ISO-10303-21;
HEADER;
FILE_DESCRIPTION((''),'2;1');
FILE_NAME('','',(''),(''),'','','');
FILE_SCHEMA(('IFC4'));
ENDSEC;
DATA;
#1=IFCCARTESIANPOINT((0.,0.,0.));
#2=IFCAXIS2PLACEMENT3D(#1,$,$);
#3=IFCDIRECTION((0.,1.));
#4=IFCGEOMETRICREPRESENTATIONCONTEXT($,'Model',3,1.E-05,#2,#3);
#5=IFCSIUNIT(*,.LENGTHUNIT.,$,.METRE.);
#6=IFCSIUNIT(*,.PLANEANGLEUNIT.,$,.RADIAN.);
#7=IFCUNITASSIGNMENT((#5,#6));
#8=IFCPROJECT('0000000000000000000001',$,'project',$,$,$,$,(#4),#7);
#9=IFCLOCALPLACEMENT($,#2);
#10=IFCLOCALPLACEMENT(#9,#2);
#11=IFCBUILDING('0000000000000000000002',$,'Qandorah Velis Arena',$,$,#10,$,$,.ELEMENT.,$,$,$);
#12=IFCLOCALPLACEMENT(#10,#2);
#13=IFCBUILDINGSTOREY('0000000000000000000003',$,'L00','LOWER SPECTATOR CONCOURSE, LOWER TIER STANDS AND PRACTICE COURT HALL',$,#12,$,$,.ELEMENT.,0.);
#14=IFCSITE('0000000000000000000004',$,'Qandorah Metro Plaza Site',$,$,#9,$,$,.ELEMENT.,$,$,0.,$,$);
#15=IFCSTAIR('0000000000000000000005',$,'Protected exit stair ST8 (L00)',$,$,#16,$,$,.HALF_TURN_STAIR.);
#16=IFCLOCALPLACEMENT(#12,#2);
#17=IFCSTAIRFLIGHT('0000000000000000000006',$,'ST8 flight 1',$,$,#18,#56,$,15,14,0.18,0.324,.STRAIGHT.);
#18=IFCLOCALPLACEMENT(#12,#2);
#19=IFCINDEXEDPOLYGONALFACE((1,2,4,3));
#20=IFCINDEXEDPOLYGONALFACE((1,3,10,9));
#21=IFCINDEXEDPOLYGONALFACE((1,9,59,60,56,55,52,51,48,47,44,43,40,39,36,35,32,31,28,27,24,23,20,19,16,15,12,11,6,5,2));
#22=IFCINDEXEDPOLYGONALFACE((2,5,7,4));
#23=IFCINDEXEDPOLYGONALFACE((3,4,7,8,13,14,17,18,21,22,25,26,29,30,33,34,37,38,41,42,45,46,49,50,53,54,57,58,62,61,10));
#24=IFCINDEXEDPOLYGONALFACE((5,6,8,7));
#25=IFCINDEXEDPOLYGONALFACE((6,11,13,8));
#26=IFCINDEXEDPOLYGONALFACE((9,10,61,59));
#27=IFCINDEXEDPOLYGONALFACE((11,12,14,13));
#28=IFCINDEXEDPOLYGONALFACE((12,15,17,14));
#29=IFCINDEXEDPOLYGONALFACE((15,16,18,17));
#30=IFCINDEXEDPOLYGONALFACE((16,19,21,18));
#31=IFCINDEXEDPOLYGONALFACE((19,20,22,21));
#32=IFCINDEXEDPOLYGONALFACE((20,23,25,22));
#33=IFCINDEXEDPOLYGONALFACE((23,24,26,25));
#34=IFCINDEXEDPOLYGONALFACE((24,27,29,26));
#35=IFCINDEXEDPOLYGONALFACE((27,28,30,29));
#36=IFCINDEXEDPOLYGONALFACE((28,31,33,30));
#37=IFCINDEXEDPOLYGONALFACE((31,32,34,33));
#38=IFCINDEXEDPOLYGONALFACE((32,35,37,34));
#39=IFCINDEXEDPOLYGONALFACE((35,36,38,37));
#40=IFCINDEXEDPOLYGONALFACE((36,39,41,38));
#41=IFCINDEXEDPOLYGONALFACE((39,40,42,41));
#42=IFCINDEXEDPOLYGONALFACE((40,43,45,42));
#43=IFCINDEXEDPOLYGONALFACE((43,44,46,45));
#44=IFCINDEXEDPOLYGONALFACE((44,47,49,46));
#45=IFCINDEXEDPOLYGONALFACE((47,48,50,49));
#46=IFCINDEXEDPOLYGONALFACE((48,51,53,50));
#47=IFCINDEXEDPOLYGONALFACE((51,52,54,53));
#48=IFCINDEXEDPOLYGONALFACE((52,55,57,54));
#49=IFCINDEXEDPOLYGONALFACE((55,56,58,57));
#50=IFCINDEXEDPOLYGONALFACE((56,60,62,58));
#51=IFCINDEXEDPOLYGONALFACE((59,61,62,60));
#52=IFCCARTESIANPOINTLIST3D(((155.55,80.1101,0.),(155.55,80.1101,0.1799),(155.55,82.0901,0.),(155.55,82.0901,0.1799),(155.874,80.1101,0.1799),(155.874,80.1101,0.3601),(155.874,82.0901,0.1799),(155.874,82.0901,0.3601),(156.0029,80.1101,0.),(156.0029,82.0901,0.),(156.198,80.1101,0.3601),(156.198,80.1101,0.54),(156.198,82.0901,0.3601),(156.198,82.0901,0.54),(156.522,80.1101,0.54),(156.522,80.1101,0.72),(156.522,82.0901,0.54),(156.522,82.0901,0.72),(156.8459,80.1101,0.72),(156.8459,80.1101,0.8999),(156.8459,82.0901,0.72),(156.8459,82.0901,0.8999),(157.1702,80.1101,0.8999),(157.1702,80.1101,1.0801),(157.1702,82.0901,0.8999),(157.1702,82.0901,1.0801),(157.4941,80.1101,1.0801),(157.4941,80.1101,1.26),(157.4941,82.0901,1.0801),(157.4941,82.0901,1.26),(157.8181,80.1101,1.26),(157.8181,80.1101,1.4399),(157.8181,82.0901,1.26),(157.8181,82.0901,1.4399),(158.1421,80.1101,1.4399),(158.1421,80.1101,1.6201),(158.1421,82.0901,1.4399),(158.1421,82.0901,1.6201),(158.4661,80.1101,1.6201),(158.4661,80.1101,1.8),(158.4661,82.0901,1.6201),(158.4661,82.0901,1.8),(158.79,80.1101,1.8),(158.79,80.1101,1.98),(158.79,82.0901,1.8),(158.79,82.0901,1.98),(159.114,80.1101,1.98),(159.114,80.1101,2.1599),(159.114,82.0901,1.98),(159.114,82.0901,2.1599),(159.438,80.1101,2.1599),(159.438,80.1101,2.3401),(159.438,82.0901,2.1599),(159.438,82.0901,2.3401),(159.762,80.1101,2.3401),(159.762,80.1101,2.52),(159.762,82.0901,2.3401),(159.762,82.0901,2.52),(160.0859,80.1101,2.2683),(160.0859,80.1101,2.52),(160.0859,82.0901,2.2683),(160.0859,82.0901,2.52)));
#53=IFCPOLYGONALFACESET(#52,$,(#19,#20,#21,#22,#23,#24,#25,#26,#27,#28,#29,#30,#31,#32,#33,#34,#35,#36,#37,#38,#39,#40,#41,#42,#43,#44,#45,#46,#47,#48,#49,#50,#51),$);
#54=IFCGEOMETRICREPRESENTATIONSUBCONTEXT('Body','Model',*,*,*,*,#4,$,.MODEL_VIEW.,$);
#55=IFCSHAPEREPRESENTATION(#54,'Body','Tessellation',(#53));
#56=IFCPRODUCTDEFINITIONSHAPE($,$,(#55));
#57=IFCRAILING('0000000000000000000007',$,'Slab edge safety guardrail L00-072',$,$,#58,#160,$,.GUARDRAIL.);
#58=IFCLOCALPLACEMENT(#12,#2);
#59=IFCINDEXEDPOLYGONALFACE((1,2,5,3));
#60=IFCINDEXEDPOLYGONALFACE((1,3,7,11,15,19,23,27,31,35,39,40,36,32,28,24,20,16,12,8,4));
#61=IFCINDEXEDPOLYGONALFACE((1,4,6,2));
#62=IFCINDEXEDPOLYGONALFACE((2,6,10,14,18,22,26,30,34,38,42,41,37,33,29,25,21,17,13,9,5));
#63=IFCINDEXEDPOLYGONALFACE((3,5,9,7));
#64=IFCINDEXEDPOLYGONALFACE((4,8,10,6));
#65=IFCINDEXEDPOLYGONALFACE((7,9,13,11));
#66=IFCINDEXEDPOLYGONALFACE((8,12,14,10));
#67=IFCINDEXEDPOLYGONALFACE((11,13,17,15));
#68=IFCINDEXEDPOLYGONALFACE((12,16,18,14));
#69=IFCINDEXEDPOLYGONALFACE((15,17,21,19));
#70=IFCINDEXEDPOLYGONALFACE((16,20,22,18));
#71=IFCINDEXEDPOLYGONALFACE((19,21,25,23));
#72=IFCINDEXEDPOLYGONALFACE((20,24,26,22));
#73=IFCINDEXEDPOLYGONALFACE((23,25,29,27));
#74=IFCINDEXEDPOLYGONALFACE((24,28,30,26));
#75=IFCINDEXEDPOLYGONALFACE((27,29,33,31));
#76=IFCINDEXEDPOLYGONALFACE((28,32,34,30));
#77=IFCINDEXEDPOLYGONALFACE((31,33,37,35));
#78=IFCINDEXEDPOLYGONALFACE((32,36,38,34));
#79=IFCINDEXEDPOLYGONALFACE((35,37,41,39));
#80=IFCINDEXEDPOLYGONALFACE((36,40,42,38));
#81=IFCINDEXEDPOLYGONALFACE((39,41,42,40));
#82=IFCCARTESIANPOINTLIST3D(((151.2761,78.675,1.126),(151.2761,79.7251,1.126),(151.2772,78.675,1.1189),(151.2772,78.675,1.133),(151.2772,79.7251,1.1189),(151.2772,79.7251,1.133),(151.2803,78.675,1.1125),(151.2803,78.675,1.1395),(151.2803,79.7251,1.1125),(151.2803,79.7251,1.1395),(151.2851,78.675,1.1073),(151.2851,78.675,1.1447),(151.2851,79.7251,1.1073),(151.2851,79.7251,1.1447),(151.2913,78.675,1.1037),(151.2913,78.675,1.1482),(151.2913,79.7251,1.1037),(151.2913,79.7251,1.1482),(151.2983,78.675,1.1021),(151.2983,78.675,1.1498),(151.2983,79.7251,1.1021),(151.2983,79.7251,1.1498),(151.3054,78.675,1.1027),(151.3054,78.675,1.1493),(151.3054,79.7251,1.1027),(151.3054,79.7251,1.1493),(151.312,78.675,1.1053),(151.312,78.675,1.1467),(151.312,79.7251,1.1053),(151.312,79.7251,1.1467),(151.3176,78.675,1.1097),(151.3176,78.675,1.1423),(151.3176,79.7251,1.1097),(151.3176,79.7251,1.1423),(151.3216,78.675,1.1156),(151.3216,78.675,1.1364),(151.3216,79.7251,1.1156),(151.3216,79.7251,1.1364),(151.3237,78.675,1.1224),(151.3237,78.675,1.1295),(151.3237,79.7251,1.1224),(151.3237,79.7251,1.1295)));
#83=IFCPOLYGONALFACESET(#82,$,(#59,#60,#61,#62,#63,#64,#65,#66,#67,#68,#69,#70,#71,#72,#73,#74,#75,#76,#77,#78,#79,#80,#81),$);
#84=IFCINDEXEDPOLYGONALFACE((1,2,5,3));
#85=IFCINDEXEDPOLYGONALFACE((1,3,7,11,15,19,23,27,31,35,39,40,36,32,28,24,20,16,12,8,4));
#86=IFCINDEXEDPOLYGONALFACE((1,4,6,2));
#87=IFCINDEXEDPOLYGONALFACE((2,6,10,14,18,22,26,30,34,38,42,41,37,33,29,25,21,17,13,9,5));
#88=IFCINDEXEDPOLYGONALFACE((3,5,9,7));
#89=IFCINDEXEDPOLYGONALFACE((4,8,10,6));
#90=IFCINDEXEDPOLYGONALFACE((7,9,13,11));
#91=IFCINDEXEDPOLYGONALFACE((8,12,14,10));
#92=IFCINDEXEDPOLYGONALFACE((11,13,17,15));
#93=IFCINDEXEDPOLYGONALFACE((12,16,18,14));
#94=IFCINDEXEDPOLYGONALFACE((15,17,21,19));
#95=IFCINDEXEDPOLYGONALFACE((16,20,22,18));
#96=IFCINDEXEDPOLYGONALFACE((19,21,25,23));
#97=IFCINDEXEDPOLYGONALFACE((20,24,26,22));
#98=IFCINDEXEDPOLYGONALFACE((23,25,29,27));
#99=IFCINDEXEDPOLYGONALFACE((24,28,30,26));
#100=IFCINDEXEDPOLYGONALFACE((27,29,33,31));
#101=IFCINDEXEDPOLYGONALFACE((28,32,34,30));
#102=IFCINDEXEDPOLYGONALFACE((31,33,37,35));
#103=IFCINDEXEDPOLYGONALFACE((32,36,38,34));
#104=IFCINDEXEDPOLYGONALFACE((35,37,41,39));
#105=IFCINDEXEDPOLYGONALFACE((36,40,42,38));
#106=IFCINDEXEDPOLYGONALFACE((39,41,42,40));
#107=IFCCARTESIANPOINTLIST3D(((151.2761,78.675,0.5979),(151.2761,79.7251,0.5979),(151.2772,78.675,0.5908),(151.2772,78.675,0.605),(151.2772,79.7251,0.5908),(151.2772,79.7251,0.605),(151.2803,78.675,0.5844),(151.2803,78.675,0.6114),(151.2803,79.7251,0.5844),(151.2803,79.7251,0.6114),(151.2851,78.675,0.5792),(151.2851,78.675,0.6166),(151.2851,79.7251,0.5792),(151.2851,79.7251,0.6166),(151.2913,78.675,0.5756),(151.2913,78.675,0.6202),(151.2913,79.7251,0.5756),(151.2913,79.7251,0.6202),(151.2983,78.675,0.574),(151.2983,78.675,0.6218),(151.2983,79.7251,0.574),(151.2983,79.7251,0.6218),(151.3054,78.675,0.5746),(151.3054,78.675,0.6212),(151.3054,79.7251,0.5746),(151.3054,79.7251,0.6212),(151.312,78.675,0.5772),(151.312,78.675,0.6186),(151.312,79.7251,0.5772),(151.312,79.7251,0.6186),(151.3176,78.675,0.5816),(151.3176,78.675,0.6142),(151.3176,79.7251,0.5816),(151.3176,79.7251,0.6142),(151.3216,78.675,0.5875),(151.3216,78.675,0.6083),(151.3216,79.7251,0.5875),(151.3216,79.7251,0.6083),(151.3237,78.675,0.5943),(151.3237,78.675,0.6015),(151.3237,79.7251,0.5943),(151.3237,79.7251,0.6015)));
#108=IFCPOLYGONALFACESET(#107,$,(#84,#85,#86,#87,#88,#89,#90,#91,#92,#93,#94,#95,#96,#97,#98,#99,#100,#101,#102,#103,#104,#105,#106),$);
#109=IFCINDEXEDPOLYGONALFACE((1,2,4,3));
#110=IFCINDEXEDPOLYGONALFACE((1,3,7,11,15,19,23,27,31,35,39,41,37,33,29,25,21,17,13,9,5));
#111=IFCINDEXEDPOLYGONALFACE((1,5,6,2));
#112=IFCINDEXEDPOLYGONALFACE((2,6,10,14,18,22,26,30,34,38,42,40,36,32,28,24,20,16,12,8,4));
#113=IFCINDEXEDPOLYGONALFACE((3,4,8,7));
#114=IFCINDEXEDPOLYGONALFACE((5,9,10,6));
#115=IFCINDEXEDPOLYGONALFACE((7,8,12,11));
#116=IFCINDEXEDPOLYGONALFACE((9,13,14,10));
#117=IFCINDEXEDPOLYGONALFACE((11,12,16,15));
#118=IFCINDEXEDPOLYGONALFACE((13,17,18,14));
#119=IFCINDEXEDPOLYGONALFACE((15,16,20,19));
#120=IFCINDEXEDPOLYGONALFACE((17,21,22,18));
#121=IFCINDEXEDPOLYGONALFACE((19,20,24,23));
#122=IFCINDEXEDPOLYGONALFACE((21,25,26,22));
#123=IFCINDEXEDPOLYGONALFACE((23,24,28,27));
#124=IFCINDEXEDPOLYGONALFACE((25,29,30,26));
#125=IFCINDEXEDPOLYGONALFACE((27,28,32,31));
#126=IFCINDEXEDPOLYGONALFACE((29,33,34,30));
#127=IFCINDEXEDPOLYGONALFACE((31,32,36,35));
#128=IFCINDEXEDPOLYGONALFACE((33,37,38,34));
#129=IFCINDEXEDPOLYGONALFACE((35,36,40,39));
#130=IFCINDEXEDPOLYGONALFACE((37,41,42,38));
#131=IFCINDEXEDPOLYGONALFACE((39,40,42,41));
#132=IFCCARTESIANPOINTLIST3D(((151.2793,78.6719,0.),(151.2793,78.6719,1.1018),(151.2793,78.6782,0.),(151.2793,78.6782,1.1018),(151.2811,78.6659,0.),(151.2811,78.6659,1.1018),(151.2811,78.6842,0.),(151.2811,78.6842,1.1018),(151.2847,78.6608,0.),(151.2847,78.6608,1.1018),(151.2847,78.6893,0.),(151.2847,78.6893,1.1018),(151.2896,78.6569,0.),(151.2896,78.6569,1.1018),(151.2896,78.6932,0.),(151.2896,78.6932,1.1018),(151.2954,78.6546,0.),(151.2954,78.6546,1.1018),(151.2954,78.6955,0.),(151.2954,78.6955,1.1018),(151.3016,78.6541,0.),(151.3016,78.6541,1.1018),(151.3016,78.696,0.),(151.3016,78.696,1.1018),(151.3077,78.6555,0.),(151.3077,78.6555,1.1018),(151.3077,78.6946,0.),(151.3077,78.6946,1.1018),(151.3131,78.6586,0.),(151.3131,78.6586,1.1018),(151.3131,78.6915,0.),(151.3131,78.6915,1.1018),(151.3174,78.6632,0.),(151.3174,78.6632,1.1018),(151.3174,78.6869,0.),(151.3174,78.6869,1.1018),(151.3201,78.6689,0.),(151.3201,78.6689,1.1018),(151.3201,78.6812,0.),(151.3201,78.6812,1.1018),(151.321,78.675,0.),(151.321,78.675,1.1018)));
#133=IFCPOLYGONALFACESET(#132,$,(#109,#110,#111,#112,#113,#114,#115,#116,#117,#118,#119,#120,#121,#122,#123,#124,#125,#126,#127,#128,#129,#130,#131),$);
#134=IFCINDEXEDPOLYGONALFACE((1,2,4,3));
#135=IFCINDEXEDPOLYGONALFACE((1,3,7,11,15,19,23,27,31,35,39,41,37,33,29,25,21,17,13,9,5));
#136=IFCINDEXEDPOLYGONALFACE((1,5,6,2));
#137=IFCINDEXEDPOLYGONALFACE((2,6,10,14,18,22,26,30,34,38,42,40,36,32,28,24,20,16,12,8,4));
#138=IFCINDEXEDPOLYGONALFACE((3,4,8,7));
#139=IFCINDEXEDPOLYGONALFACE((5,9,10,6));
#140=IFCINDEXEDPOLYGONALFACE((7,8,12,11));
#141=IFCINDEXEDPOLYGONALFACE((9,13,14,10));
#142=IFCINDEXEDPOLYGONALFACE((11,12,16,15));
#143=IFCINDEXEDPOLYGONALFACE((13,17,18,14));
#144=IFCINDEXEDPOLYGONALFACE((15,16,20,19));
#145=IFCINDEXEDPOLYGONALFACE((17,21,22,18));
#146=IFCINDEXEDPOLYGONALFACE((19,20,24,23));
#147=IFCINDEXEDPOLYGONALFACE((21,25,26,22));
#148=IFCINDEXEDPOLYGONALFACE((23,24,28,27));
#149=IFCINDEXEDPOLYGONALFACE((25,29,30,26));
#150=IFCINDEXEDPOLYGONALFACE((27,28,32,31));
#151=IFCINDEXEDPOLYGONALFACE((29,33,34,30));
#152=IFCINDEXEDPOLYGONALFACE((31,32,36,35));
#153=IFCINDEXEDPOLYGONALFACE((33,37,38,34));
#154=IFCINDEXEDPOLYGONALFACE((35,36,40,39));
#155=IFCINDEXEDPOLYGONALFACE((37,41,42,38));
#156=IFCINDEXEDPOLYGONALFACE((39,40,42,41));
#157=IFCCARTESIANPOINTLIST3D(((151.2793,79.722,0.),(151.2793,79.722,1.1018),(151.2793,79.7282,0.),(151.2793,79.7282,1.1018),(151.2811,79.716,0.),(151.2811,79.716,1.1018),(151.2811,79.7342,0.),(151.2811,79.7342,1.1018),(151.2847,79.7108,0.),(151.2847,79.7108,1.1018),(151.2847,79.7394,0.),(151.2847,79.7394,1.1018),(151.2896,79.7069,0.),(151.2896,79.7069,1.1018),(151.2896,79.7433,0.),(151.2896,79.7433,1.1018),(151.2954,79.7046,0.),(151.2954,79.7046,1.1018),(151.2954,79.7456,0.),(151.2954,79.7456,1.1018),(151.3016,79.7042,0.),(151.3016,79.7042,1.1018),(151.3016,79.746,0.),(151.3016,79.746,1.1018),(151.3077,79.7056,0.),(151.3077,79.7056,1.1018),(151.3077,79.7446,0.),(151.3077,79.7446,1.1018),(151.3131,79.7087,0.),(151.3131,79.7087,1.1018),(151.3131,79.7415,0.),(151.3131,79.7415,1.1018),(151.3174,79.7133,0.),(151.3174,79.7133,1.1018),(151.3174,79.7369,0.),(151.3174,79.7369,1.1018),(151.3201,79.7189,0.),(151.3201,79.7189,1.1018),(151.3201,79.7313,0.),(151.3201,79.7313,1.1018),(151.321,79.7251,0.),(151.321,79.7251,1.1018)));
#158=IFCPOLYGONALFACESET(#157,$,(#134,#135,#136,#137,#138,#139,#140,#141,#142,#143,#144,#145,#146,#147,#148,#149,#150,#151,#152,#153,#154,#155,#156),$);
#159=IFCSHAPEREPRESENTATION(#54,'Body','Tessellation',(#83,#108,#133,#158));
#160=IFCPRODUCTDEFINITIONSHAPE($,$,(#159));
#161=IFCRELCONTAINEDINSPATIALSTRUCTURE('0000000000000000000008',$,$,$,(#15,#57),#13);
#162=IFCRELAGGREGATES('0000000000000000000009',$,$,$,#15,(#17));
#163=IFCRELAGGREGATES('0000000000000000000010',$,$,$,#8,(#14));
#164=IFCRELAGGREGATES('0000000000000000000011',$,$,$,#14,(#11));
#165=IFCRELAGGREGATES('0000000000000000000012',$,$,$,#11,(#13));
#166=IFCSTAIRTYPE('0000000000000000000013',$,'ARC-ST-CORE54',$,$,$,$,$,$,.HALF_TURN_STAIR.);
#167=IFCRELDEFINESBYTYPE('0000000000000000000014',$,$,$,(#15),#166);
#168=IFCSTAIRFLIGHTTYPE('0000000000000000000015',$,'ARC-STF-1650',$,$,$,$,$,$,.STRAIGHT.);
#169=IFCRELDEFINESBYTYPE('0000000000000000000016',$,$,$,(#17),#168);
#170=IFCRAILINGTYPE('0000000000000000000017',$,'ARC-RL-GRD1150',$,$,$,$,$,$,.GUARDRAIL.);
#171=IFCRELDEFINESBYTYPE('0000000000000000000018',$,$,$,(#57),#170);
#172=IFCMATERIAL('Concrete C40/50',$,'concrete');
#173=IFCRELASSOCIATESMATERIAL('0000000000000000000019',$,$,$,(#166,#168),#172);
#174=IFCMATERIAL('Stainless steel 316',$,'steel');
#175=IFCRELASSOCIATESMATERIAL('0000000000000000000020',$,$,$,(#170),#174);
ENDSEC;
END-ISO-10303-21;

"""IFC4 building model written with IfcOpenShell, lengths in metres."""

from ifc_helpers import new_model, si_unit, direction, frame, origin, origin_2d, place, context, subcontext, project, spatial, polyline, circle, outline, extrude, material, type_object, element, aggregate, save


model = new_model("IFC4")

# Units and contexts
model_context = context("Model", 3, precision=1e-05, world=origin(), true_north=direction((0.0, 1.0)))
body_context = subcontext(model_context, "Body", "Model", "MODEL_VIEW")
ifc_project = project(units=[si_unit("LENGTHUNIT", "METRE"), si_unit("PLANEANGLEUNIT", "RADIAN")], contexts=[model_context])

# Site, building, storey
site_placement = place(None, origin())
site = spatial("IfcSite", under=ifc_project, at=site_placement, Name="Qandorah Metro Plaza Site", CompositionType="ELEMENT", RefElevation=0.0)
building_placement = place(site_placement, origin())
building = spatial("IfcBuilding", under=site, at=building_placement, Name="Qandorah Velis Arena", CompositionType="ELEMENT")
storey_placement = place(building_placement, origin())
storey = spatial("IfcBuildingStorey", under=building, at=storey_placement, Name="L00", Description="LOWER SPECTATOR CONCOURSE, LOWER TIER STANDS AND PRACTICE COURT HALL", CompositionType="ELEMENT", Elevation=0.0)

# Shared definitions
ifc_material_1 = material(Name="Concrete C40/50", Category="concrete")

# Stair, stair flight
stair_type = type_object("IfcStairType", Name="ARC-ST-CORE54", PredefinedType="HALF_TURN_STAIR", material=ifc_material_1)
stair_placement = place(storey_placement, origin())
stair = element("IfcStair", 1, at=stair_placement, inside=storey, type_object=stair_type, Name="Protected exit stair ST8 (L00)", PredefinedType="HALF_TURN_STAIR")
stair_flight_type = type_object("IfcStairFlightType", Name="ARC-STF-1650", PredefinedType="STRAIGHT", material=ifc_material_1)
stair_flight_placement = place(storey_placement, frame((155.55, 81.1001, 0.0), z_axis=(0.0, 0.0, 1.0), x_axis=(1.0, 0.0, 0.0)))
stair_flight = element("IfcStairFlight", 2, at=stair_flight_placement, type_object=stair_flight_type, Name="ST8 flight 1", NumberOfRisers=15, NumberOfTreads=14, PredefinedType="STRAIGHT", RiserHeight=0.18, TreadLength=0.324, context=body_context, shape_type="SweptSolid", body=[
    extrude(outline(polyline([(0.0, 0.0), (0.0, 0.1799), (0.324, 0.1799), (0.324, 0.3601), (0.6479, 0.3601), (0.6479, 0.54), (0.9719, 0.54), (0.9719, 0.72), (1.2959, 0.72), (1.2959, 0.8999), (1.6201, 0.8999), (1.6201, 1.0801), (1.9441, 1.0801), (1.9441, 1.26), (2.2681, 1.26), (2.2681, 1.4399), (2.592, 1.4399), (2.592, 1.6201), (2.916, 1.6201), (2.916, 1.8), (3.24, 1.8), (3.24, 1.98), (3.564, 1.98), (3.564, 2.1599), (3.8879, 2.1599), (3.8879, 2.3401), (4.2119, 2.3401), (4.2119, 2.52), (4.5359, 2.52), (4.5359, 2.7), (4.5359, 2.2683), (0.4529, 0.0), (0.0, 0.0)])), frame((0.0, 0.99, 0.0), z_axis=(0.0, -1.0, 0.0), x_axis=(1.0, 0.0, 0.0)), (0.0, 0.0, 1.0), 1.98),
])
aggregate(stair, [stair_flight])

# Railing
ifc_material_2 = material(Name="Stainless steel 316", Category="steel")
railing_type = type_object("IfcRailingType", Name="ARC-RL-GRD1150", PredefinedType="GUARDRAIL", material=ifc_material_2)
railing_1_placement = place(storey_placement, frame((151.3, 78.675, 0.0)))
element("IfcRailing", 3, at=railing_1_placement, inside=storey, type_object=railing_type, Name="Slab edge safety guardrail L00-072", PredefinedType="GUARDRAIL", context=body_context, shape_type="SweptSolid", body=[
    extrude(circle(Radius=0.0239, at=origin_2d()), frame((0.0, 0.0, 1.126), z_axis=(0.0, 1.0, 0.0), x_axis=(-1.0, 0.0, 0.0)), (0.0, 0.0, 1.0), 1.05),
    extrude(circle(Radius=0.0239, at=origin_2d()), frame((0.0, 0.0, 0.5979), z_axis=(0.0, 1.0, 0.0), x_axis=(-1.0, 0.0, 0.0)), (0.0, 0.0, 1.0), 1.05),
    extrude(circle(Radius=0.021, at=origin_2d()), origin(), (0.0, 0.0, 1.0), 1.1018),
    extrude(circle(Radius=0.021, at=origin_2d()), frame((0.0, 1.05, 0.0)), (0.0, 0.0, 1.0), 1.1018),
])

save(model, "model.ifc")
